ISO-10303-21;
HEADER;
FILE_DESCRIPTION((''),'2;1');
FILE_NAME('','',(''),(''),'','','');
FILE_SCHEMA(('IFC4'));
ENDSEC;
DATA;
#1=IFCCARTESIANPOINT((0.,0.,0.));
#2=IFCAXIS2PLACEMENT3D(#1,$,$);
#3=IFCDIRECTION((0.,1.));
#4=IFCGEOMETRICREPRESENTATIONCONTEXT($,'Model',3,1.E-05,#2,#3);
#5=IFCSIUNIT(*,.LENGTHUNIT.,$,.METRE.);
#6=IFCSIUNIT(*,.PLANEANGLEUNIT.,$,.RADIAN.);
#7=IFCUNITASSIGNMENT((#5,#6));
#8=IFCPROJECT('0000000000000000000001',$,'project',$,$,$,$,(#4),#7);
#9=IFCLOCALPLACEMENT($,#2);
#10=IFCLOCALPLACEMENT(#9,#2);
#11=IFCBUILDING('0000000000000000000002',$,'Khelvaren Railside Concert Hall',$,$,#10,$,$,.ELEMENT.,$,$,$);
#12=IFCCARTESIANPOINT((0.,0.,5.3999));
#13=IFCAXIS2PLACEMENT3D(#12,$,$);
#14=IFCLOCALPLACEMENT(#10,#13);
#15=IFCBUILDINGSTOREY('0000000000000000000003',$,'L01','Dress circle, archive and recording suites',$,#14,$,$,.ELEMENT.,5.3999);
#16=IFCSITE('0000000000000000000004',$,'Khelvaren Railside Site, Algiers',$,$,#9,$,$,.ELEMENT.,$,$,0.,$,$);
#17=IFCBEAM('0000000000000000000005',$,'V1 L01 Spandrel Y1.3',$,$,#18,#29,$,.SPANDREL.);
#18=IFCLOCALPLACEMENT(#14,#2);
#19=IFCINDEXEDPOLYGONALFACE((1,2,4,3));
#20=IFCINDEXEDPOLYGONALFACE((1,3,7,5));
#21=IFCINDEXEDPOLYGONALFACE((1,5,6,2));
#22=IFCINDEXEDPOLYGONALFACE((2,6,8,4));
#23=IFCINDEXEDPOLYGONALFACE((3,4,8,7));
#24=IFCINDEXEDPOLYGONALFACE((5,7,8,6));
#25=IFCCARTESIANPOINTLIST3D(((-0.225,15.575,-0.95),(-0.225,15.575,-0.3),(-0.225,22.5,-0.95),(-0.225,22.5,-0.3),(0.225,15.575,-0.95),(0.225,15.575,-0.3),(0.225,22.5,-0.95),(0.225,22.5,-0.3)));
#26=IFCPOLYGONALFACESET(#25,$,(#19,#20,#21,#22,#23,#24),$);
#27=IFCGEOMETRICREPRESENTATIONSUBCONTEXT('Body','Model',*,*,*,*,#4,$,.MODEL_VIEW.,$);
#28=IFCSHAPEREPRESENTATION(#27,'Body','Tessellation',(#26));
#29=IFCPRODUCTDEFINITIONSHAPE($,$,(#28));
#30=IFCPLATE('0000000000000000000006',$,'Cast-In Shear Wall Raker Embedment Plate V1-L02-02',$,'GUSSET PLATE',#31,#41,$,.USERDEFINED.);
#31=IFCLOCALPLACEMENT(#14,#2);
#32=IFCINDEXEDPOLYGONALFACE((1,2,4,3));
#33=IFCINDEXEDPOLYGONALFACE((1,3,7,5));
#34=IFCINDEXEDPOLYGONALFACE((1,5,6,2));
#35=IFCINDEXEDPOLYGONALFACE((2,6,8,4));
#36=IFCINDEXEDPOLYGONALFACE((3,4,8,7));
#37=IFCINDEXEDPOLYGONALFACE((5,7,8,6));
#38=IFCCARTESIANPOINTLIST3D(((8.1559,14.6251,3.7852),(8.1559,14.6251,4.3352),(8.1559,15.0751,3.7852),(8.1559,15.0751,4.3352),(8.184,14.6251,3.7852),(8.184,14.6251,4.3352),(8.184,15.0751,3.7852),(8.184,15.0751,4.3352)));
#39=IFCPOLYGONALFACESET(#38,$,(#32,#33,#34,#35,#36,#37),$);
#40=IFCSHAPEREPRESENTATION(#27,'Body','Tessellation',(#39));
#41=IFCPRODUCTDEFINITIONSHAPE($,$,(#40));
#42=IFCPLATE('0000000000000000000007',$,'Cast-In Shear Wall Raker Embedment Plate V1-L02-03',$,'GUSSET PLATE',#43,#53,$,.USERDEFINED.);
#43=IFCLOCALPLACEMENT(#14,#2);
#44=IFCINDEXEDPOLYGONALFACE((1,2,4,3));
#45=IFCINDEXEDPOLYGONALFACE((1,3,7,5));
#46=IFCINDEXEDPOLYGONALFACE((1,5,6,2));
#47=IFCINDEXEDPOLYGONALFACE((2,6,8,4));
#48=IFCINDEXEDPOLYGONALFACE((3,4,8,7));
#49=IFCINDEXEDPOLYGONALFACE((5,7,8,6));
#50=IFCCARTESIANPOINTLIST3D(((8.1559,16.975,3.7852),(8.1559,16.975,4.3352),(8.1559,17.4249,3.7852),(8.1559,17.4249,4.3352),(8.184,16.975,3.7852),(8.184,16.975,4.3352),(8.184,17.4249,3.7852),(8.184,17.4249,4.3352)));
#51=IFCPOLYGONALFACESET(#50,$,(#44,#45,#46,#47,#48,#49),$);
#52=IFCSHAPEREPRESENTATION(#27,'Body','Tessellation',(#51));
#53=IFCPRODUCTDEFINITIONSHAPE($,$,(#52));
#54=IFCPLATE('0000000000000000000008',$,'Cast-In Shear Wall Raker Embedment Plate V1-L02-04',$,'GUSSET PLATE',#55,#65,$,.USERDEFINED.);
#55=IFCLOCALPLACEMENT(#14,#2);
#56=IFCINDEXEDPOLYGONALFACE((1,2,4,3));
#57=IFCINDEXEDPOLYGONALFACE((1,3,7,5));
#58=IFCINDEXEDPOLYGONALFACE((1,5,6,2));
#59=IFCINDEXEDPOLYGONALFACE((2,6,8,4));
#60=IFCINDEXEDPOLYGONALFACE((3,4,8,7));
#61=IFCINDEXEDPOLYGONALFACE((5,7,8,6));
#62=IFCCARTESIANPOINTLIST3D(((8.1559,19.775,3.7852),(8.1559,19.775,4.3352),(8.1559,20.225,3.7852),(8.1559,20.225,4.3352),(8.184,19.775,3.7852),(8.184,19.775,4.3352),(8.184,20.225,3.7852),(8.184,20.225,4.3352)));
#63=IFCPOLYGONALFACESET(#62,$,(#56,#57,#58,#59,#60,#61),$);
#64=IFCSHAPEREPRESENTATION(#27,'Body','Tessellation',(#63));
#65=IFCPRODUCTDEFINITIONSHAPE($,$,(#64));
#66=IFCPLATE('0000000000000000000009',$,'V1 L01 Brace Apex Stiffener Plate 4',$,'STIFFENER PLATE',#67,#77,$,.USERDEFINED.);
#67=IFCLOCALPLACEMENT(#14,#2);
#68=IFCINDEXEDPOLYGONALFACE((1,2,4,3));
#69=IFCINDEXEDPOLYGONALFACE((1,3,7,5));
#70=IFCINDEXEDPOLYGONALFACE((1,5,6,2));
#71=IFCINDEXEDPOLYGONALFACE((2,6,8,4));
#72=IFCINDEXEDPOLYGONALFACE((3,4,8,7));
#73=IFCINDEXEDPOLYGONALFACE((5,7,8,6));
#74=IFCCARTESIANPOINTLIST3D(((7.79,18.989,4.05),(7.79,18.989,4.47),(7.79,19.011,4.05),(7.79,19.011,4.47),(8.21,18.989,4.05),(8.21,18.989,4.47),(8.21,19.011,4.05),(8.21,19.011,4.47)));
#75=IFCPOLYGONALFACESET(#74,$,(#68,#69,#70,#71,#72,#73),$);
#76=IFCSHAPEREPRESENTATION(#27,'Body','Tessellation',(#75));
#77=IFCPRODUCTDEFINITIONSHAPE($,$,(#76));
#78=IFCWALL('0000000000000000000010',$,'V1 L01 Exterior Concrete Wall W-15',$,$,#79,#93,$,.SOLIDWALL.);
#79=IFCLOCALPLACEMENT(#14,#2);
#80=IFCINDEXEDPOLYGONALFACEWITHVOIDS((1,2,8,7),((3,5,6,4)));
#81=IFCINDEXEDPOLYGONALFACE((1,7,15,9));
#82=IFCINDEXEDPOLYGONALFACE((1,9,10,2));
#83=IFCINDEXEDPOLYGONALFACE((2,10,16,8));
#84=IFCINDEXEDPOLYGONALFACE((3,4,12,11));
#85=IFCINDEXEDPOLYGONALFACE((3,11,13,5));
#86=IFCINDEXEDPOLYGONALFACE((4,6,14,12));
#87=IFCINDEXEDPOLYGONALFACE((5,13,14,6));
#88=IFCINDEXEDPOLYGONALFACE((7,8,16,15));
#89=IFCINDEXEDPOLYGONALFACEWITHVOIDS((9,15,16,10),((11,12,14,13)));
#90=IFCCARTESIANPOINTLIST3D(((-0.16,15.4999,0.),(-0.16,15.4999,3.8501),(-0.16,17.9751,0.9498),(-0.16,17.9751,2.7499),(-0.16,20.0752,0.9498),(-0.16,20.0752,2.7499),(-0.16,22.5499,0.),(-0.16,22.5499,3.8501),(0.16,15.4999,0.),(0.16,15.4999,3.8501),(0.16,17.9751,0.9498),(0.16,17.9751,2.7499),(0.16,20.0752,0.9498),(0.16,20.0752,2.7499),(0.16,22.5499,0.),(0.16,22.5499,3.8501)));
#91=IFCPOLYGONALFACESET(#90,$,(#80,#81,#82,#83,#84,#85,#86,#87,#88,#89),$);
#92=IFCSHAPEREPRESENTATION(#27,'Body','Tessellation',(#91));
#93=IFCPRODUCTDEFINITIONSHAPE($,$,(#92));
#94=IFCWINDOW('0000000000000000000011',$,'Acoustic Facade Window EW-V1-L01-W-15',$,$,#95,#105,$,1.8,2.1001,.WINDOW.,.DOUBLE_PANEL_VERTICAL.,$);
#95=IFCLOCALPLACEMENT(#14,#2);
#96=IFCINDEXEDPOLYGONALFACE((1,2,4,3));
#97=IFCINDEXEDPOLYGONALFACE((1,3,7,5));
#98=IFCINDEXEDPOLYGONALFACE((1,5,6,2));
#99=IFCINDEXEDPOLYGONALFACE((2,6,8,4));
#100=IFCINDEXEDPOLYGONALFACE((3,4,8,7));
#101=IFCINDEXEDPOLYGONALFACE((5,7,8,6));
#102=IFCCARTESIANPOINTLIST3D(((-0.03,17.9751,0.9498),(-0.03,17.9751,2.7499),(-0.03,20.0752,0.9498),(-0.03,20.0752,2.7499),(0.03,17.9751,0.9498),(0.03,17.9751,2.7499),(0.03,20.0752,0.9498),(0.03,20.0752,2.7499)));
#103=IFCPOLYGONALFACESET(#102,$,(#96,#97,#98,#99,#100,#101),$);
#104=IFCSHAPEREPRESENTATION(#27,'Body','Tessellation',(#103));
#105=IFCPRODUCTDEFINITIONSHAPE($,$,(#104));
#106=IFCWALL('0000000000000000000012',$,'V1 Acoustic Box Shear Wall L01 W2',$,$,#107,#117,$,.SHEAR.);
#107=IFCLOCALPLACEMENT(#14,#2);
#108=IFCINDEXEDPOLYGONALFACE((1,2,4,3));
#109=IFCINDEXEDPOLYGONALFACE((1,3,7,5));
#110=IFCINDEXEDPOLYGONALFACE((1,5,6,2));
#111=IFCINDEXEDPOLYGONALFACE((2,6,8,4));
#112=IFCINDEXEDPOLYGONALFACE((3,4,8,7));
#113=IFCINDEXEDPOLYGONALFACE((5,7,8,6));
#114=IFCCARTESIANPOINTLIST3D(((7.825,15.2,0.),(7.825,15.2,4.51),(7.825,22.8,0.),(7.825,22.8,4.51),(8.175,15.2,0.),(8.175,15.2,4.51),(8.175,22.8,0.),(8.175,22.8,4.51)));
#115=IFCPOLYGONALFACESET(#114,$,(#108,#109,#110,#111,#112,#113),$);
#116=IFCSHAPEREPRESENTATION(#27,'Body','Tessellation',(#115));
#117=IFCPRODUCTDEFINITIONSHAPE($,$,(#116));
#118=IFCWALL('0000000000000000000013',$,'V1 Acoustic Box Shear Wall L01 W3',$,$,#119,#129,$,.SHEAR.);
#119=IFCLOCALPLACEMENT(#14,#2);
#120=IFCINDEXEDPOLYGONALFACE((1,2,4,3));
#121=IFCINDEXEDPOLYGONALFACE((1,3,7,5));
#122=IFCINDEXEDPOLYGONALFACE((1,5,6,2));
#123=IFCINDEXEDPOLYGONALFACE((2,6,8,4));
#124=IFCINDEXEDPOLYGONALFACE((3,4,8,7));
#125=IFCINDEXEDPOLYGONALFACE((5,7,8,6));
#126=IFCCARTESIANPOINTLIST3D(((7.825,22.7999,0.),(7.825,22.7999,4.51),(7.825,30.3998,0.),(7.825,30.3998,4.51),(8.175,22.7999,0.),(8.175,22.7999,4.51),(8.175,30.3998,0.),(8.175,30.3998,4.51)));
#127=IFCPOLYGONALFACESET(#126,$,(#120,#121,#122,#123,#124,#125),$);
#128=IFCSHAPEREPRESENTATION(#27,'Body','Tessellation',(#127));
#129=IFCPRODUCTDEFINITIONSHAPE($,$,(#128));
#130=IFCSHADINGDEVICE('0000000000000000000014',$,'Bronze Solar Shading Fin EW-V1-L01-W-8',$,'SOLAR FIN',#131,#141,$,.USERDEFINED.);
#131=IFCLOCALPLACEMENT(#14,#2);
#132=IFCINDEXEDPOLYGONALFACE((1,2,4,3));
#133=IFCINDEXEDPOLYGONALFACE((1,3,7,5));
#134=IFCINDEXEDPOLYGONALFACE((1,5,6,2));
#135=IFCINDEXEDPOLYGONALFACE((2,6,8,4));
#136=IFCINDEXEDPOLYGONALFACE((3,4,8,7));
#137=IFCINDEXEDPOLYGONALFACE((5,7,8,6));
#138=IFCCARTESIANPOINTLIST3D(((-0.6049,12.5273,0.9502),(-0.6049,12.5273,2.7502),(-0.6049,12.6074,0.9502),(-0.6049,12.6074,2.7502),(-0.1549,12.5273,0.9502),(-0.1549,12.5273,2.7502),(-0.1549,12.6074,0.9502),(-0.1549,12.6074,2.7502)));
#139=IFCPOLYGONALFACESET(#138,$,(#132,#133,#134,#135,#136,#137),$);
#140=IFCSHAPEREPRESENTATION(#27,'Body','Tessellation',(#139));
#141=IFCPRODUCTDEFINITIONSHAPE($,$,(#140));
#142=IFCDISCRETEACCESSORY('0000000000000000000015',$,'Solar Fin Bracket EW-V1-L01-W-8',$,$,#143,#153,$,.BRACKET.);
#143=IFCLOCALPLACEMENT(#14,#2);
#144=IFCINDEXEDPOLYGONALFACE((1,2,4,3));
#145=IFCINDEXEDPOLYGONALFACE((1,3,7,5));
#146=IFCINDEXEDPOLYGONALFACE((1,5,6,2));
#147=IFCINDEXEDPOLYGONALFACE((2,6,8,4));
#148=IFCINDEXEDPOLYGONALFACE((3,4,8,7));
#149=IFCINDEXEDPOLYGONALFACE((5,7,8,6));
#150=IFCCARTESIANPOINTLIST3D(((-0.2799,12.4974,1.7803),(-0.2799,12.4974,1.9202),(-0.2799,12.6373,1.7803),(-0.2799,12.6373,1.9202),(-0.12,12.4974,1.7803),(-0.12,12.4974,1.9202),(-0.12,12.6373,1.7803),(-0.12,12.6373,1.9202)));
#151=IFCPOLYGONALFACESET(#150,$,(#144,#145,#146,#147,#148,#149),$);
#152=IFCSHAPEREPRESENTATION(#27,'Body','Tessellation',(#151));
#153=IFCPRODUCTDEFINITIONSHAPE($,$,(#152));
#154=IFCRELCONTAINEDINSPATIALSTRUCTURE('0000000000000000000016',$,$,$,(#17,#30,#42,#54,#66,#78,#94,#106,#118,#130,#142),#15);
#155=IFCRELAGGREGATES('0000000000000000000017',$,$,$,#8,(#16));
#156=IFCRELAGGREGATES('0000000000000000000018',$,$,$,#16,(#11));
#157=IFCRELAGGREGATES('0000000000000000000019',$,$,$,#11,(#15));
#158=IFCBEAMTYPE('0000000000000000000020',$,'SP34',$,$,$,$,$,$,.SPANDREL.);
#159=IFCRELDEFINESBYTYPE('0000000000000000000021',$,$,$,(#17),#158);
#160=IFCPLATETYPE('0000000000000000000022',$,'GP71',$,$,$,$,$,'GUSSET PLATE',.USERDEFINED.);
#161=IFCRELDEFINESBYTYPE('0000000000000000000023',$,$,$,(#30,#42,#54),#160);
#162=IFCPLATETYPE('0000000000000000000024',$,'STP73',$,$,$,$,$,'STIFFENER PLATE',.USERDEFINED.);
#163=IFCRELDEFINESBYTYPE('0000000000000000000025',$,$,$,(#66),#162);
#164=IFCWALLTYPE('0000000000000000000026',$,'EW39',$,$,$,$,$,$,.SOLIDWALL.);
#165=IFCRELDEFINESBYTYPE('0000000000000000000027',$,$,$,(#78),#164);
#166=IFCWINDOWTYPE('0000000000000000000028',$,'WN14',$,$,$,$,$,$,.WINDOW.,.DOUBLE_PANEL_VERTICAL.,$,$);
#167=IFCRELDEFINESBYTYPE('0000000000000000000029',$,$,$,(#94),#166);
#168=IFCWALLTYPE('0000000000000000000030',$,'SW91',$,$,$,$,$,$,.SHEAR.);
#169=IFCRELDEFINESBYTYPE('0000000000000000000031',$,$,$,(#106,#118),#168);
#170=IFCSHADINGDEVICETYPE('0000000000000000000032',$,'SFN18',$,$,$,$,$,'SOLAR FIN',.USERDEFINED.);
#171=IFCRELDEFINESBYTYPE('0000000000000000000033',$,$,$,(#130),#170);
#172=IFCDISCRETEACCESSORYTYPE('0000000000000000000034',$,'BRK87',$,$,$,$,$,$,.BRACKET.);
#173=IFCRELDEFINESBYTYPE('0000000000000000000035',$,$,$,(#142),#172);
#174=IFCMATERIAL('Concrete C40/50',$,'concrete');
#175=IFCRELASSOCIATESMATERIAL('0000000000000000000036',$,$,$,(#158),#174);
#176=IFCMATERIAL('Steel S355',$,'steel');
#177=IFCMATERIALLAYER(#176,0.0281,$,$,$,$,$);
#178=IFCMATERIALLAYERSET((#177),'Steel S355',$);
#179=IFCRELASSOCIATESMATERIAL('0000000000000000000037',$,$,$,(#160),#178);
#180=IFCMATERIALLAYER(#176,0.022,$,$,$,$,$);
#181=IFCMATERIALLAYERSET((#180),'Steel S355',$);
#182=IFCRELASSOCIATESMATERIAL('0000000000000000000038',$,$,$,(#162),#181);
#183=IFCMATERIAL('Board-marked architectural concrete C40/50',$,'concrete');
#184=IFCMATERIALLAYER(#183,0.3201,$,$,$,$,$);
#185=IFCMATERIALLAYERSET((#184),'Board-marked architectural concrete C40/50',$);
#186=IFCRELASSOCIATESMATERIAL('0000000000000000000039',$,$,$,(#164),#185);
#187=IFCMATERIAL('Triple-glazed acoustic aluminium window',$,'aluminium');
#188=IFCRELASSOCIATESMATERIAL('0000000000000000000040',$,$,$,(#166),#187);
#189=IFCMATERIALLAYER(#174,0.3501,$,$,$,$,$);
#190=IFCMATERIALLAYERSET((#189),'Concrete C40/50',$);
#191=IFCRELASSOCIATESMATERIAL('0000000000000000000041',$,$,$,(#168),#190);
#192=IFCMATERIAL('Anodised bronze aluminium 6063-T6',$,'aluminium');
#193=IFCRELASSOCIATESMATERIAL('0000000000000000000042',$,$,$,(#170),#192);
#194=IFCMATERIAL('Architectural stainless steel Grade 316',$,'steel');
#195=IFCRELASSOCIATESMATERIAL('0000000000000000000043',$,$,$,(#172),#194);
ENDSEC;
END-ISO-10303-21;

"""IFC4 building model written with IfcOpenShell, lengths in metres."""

from ifc_helpers import new_model, si_unit, direction, frame, frame_2d, origin, origin_2d, place, context, subcontext, project, spatial, rectangle, extrude, material, layer, layer_set, material_profile, profile_set, type_object, element, fill, save


model = new_model("IFC4")

# Units and contexts
model_context = context("Model", 3, precision=1e-05, world=origin(), true_north=direction((0.0, 1.0)))
body_context = subcontext(model_context, "Body", "Model", "MODEL_VIEW")
ifc_project = project(units=[si_unit("LENGTHUNIT", "METRE"), si_unit("PLANEANGLEUNIT", "RADIAN")], contexts=[model_context])

# Site, building, storey
site_placement = place(None, origin())
site = spatial("IfcSite", under=ifc_project, at=site_placement, Name="Khelvaren Railside Site, Algiers", CompositionType="ELEMENT", RefElevation=0.0)
building_placement = place(site_placement, origin())
building = spatial("IfcBuilding", under=site, at=building_placement, Name="Khelvaren Railside Concert Hall", CompositionType="ELEMENT")
storey_placement = place(building_placement, frame((0.0, 0.0, 5.3999)))
storey = spatial("IfcBuildingStorey", under=building, at=storey_placement, Name="L01", Description="Dress circle, archive and recording suites", CompositionType="ELEMENT", Elevation=5.3999)

# Shared definitions
ifc_material_1 = material(Name="Steel S355", Category="steel")

# Beam
ifc_material_2 = material(Name="Concrete C40/50", Category="concrete")
ifc_material_profile_1 = material_profile(ifc_material_2, rectangle(XDim=0.45, YDim=0.6499, at=origin_2d()), Name="RCB 450x650")
ifc_profile_set_1 = profile_set([ifc_material_profile_1], Name="Concrete C40/50")
beam_type_1 = type_object("IfcBeamType", Name="SP34", PredefinedType="SPANDREL", material=ifc_profile_set_1)
beam_1_placement = place(storey_placement, frame((0.0, 15.575, -0.625), z_axis=(0.0, 1.0, 0.0), x_axis=(-1.0, 0.0, 0.0)))
element("IfcBeam", 1, at=beam_1_placement, inside=storey, type_object=beam_type_1, Name="V1 L01 Spandrel Y1.3", PredefinedType="SPANDREL", context=body_context, shape_type="SweptSolid", body=[
    extrude(rectangle(XDim=0.45, YDim=0.6499, at=origin_2d()), origin(), (0.0, 0.0, 1.0), 6.925),
])

# Plates
ifc_layer_1 = layer(ifc_material_1, 0.0281)
ifc_layer_set_1 = layer_set([ifc_layer_1], Name="Steel S355")
plate_type_1 = type_object("IfcPlateType", Name="GP71", ElementType="GUSSET PLATE", PredefinedType="USERDEFINED", material=ifc_layer_set_1)
for number, where, z_axis, x_axis, name in (
    (2, (8.1699, 14.8501, 3.7852), (0.0, 0.0, 1.0), (1.0, 0.0, 0.0), "Cast-In Shear Wall Raker Embedment Plate V1-L02-02"),
    (3, (8.1699, 17.2, 3.7852), (0.0, 0.0, 1.0), (1.0, 0.0, 0.0), "Cast-In Shear Wall Raker Embedment Plate V1-L02-03"),
    (4, (8.1699, 20.0, 3.7852), (0.0, 0.0, 1.0), (1.0, 0.0, 0.0), "Cast-In Shear Wall Raker Embedment Plate V1-L02-04"),
):
    element("IfcPlate", number, at=place(storey_placement, frame(where, z_axis=z_axis, x_axis=x_axis)), inside=storey, type_object=plate_type_1, Name=name, ObjectType="GUSSET PLATE", PredefinedType="USERDEFINED", context=body_context, shape_type="SweptSolid", body=[
        extrude(rectangle(XDim=0.0281, YDim=0.45, at=origin_2d()), origin(), (0.0, 0.0, 1.0), 0.55),
    ])
ifc_layer_2 = layer(ifc_material_1, 0.022)
ifc_layer_set_2 = layer_set([ifc_layer_2], Name="Steel S355")
plate_type_2 = type_object("IfcPlateType", Name="STP73", ElementType="STIFFENER PLATE", PredefinedType="USERDEFINED", material=ifc_layer_set_2)
plate_placement = place(storey_placement, frame((8.0, 19.0, 4.05), z_axis=(0.0, 0.0, 1.0), x_axis=(1.0, 0.0, 0.0)))
element("IfcPlate", 5, at=plate_placement, inside=storey, type_object=plate_type_2, Name="V1 L01 Brace Apex Stiffener Plate 4", ObjectType="STIFFENER PLATE", PredefinedType="USERDEFINED", context=body_context, shape_type="SweptSolid", body=[
    extrude(rectangle(XDim=0.4199, YDim=0.022, at=origin_2d()), origin(), (0.0, 0.0, 1.0), 0.4199),
])

# Wall, opening, window
ifc_material_3 = material(Name="Board-marked architectural concrete C40/50", Category="concrete")
ifc_layer_3 = layer(ifc_material_3, 0.3201)
ifc_layer_set_3 = layer_set([ifc_layer_3], Name="Board-marked architectural concrete C40/50")
wall_type_1 = type_object("IfcWallType", Name="EW39", PredefinedType="SOLIDWALL", material=ifc_layer_set_3)
wall_1_placement = place(storey_placement, frame((0.0, 15.5, 0.0), z_axis=(0.0, 0.0, 1.0), x_axis=(0.0, 1.0, 0.0)))
wall_1 = element("IfcWall", 6, at=wall_1_placement, inside=storey, type_object=wall_type_1, Name="V1 L01 Exterior Concrete Wall W-15", PredefinedType="SOLIDWALL", context=body_context, shape_type="SweptSolid", body=[
    extrude(rectangle(XDim=7.05, YDim=0.3201, at=frame_2d((3.5249, 0.0))), origin(), (0.0, 0.0, 1.0), 3.8501),
])
opening_placement = place(wall_1_placement, frame((2.4751, 0.0, 0.95)))
opening = element("IfcOpeningElement", 7, at=opening_placement, cuts=wall_1, PredefinedType="OPENING", context=body_context, shape_type="SweptSolid", body=[
    extrude(rectangle(XDim=2.1001, YDim=1.8, at=frame_2d((1.05, 0.8999))), frame((0.0, 0.1699, 0.0), z_axis=(0.0, -1.0, 0.0), x_axis=(1.0, 0.0, 0.0)), (0.0, 0.0, 1.0), 0.3401),
])
ifc_material_4 = material(Name="Triple-glazed acoustic aluminium window", Category="aluminium")
window_type = type_object("IfcWindowType", Name="WN14", PartitioningType="DOUBLE_PANEL_VERTICAL", PredefinedType="WINDOW", material=ifc_material_4)
window_placement = place(opening_placement, origin())
window = element("IfcWindow", 8, at=window_placement, inside=storey, type_object=window_type, Name="Acoustic Facade Window EW-V1-L01-W-15", OverallHeight=1.8, OverallWidth=2.1001, PartitioningType="DOUBLE_PANEL_VERTICAL", PredefinedType="WINDOW", context=body_context, shape_type="SweptSolid", body=[
    extrude(rectangle(XDim=2.1001, YDim=1.8, at=frame_2d((1.05, 0.8999))), frame((0.0, 0.03, 0.0), z_axis=(0.0, -1.0, 0.0), x_axis=(1.0, 0.0, 0.0)), (0.0, 0.0, 1.0), 0.0601),
])
fill(opening, window)

# Walls
ifc_layer_4 = layer(ifc_material_2, 0.3501)
ifc_layer_set_4 = layer_set([ifc_layer_4], Name="Concrete C40/50")
wall_type_2 = type_object("IfcWallType", Name="SW91", PredefinedType="SHEAR", material=ifc_layer_set_4)
wall_2_placement = place(storey_placement, frame((8.0, 15.2, 0.0), z_axis=(0.0, 0.0, 1.0), x_axis=(0.0, 1.0, 0.0)))
element("IfcWall", 9, at=wall_2_placement, inside=storey, type_object=wall_type_2, Name="V1 Acoustic Box Shear Wall L01 W2", PredefinedType="SHEAR", context=body_context, shape_type="SweptSolid", body=[
    extrude(rectangle(XDim=7.6001, YDim=0.3501, at=frame_2d((3.8, 0.0))), origin(), (0.0, 0.0, 1.0), 4.51),
])
wall_3_placement = place(storey_placement, frame((8.0, 22.8, 0.0), z_axis=(0.0, 0.0, 1.0), x_axis=(0.0, 1.0, 0.0)))
element("IfcWall", 10, at=wall_3_placement, inside=storey, type_object=wall_type_2, Name="V1 Acoustic Box Shear Wall L01 W3", PredefinedType="SHEAR", context=body_context, shape_type="SweptSolid", body=[
    extrude(rectangle(XDim=7.5999, YDim=0.3501, at=frame_2d((3.7998, 0.0))), origin(), (0.0, 0.0, 1.0), 4.51),
])

# Shading device
ifc_material_5 = material(Name="Anodised bronze aluminium 6063-T6", Category="aluminium")
shading_device_type = type_object("IfcShadingDeviceType", Name="SFN18", ElementType="SOLAR FIN", PredefinedType="USERDEFINED", material=ifc_material_5)
shading_device_placement = place(storey_placement, frame((-0.3799, 12.5674, 0.9502), z_axis=(0.0, 0.0, 1.0), x_axis=(0.0, 1.0, 0.0)))
element("IfcShadingDevice", 11, at=shading_device_placement, inside=storey, type_object=shading_device_type, Name="Bronze Solar Shading Fin EW-V1-L01-W-8", ObjectType="SOLAR FIN", PredefinedType="USERDEFINED", context=body_context, shape_type="SweptSolid", body=[
    extrude(rectangle(XDim=0.0801, YDim=0.45, at=origin_2d()), origin(), (0.0, 0.0, 1.0), 1.8),
])

# Discrete accessory
ifc_material_6 = material(Name="Architectural stainless steel Grade 316", Category="steel")
discrete_accessory_type = type_object("IfcDiscreteAccessoryType", Name="BRK87", PredefinedType="BRACKET", material=ifc_material_6)
discrete_accessory_placement = place(storey_placement, frame((-0.2, 12.5674, 1.7803), z_axis=(0.0, 0.0, 1.0), x_axis=(0.0, 1.0, 0.0)))
element("IfcDiscreteAccessory", 12, at=discrete_accessory_placement, inside=storey, type_object=discrete_accessory_type, Name="Solar Fin Bracket EW-V1-L01-W-8", PredefinedType="BRACKET", context=body_context, shape_type="SweptSolid", body=[
    extrude(rectangle(XDim=0.1399, YDim=0.1599, at=origin_2d()), origin(), (0.0, 0.0, 1.0), 0.1399),
])

save(model, "model.ifc")
